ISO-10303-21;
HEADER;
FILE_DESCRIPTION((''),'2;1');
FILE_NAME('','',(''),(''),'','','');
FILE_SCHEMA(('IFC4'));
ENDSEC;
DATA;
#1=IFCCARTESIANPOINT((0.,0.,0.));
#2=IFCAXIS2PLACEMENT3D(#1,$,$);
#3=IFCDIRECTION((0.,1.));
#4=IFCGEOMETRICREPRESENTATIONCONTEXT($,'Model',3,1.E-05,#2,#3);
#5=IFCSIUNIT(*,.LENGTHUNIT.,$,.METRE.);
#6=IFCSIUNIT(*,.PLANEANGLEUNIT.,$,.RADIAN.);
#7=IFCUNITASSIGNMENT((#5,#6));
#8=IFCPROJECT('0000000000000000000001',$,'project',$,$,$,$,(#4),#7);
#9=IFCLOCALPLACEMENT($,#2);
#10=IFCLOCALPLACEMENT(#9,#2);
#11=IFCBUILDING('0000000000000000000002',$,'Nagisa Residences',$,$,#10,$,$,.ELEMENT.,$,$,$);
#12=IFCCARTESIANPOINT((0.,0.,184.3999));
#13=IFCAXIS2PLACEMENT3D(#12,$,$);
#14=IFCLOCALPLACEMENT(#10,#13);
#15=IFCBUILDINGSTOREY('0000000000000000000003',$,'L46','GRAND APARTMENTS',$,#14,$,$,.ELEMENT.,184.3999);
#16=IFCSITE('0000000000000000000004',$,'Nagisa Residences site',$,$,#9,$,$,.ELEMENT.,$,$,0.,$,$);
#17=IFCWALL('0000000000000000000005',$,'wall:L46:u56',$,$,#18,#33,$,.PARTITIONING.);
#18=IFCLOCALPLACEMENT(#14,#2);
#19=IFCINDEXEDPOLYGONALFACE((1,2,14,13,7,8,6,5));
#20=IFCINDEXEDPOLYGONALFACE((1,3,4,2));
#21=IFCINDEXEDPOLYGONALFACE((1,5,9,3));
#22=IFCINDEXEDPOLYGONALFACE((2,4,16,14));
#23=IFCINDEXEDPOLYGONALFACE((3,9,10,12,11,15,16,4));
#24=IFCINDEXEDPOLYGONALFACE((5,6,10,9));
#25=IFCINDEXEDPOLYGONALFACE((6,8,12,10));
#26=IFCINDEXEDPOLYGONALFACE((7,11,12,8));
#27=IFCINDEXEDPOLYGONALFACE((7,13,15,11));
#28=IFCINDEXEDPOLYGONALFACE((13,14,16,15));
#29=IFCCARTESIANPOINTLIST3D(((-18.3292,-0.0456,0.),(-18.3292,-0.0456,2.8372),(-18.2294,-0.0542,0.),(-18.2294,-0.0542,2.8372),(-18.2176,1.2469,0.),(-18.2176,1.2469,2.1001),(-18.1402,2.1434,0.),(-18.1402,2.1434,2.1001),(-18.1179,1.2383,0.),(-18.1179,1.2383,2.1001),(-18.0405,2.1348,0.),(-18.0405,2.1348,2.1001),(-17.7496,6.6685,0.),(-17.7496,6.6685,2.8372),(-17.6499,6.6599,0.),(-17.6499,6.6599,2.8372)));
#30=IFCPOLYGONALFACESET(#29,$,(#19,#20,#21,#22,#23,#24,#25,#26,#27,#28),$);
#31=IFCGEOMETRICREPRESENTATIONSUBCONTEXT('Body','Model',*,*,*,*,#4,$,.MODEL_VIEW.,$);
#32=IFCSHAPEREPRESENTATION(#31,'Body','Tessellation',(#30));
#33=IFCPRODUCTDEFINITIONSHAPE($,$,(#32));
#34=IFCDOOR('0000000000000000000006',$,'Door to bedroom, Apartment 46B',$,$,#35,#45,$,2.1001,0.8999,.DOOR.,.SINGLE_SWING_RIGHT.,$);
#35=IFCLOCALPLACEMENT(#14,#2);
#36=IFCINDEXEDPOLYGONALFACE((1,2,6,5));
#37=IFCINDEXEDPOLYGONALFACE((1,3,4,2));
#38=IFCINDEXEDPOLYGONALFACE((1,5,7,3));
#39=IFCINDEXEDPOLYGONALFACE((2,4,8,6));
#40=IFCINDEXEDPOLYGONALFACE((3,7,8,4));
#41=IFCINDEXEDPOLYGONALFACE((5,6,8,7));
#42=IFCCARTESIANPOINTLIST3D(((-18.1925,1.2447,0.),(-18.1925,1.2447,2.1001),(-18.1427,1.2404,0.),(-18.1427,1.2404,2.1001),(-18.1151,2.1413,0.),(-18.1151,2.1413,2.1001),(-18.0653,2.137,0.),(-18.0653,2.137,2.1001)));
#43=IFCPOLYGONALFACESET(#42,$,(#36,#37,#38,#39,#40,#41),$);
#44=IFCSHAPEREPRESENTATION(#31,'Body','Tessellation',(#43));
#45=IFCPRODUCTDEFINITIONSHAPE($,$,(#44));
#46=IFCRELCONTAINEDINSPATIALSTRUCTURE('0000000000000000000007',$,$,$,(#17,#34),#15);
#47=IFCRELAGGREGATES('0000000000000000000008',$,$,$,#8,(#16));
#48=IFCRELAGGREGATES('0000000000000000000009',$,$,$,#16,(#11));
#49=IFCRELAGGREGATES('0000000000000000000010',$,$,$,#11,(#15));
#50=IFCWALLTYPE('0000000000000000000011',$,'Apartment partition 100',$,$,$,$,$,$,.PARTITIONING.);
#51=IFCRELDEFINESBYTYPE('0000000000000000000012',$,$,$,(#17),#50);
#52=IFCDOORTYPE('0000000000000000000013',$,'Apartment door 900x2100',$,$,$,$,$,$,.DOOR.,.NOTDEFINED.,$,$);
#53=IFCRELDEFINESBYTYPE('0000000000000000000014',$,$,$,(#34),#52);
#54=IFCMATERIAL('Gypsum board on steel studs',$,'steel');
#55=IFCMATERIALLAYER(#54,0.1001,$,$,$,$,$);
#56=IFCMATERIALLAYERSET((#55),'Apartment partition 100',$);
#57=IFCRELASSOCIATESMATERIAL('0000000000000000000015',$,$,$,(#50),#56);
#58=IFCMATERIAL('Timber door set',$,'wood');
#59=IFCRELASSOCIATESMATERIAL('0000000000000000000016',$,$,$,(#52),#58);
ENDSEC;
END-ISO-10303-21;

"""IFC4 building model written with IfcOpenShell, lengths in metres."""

from ifc_helpers import new_model, si_unit, direction, frame, frame_2d, origin, place, context, subcontext, project, spatial, rectangle, extrude, material, layer, layer_set, type_object, element, fill, save


model = new_model("IFC4")

# Units and contexts
model_context = context("Model", 3, precision=1e-05, world=origin(), true_north=direction((0.0, 1.0)))
body_context = subcontext(model_context, "Body", "Model", "MODEL_VIEW")
ifc_project = project(units=[si_unit("LENGTHUNIT", "METRE"), si_unit("PLANEANGLEUNIT", "RADIAN")], contexts=[model_context])

# Site, building, storey
site_placement = place(None, origin())
site = spatial("IfcSite", under=ifc_project, at=site_placement, Name="Nagisa Residences site", CompositionType="ELEMENT", RefElevation=0.0)
building_placement = place(site_placement, origin())
building = spatial("IfcBuilding", under=site, at=building_placement, Name="Nagisa Residences", CompositionType="ELEMENT")
storey_placement = place(building_placement, frame((0.0, 0.0, 184.3999)))
storey = spatial("IfcBuildingStorey", under=building, at=storey_placement, Name="L46", Description="GRAND APARTMENTS", CompositionType="ELEMENT", Elevation=184.3999)

# Wall, opening, door
ifc_material_1 = material(Name="Gypsum board on steel studs", Category="steel")
ifc_layer_1 = layer(ifc_material_1, 0.1001)
ifc_layer_set_1 = layer_set([ifc_layer_1], Name="Apartment partition 100")
wall_type_1 = type_object("IfcWallType", Name="Apartment partition 100", PredefinedType="PARTITIONING", material=ifc_layer_set_1)
wall_1_placement = place(storey_placement, frame((-17.6997, 6.6643, 0.0), z_axis=(0.0, 0.0, 1.0), x_axis=(-0.086004, -0.996295, 0.0)))
wall_1 = element("IfcWall", 1, at=wall_1_placement, inside=storey, type_object=wall_type_1, Name="wall:L46:u56", PredefinedType="PARTITIONING", context=body_context, shape_type="SweptSolid", body=[
    extrude(rectangle(XDim=6.739, YDim=0.1001, at=frame_2d((3.3696, 0.0))), origin(), (0.0, 0.0, 1.0), 2.8372),
])
opening_1_placement = place(wall_1_placement, frame((4.542, 0.0, 0.0)))
opening_1 = element("IfcOpeningElement", 2, at=opening_1_placement, cuts=wall_1, PredefinedType="OPENING", context=body_context, shape_type="SweptSolid", body=[
    extrude(rectangle(XDim=0.8999, YDim=2.1001, at=frame_2d((0.45, 1.05))), frame((0.0, 0.0601, 0.0), z_axis=(0.0, -1.0, 0.0), x_axis=(1.0, 0.0, 0.0)), (0.0, 0.0, 1.0), 0.1201),
])
ifc_material_2 = material(Name="Timber door set", Category="wood")
door_type_1 = type_object("IfcDoorType", Name="Apartment door 900x2100", OperationType="NOTDEFINED", PredefinedType="DOOR", material=ifc_material_2)
door_1_placement = place(opening_1_placement, frame((0.8999, 0.0, 0.0), x_axis=(-1.0, 0.0, 0.0)))
door_1 = element("IfcDoor", 3, at=door_1_placement, inside=storey, type_object=door_type_1, Name="Door to bedroom, Apartment 46B", OperationType="SINGLE_SWING_RIGHT", OverallHeight=2.1001, OverallWidth=0.8999, PredefinedType="DOOR", context=body_context, shape_type="SweptSolid", body=[
    extrude(rectangle(XDim=0.8999, YDim=2.1001, at=frame_2d((0.45, 1.05))), frame((0.0, 0.0249, 0.0), z_axis=(0.0, -1.0, 0.0), x_axis=(1.0, 0.0, 0.0)), (0.0, 0.0, 1.0), 0.05),
])
fill(opening_1, door_1)

save(model, "model.ifc")
